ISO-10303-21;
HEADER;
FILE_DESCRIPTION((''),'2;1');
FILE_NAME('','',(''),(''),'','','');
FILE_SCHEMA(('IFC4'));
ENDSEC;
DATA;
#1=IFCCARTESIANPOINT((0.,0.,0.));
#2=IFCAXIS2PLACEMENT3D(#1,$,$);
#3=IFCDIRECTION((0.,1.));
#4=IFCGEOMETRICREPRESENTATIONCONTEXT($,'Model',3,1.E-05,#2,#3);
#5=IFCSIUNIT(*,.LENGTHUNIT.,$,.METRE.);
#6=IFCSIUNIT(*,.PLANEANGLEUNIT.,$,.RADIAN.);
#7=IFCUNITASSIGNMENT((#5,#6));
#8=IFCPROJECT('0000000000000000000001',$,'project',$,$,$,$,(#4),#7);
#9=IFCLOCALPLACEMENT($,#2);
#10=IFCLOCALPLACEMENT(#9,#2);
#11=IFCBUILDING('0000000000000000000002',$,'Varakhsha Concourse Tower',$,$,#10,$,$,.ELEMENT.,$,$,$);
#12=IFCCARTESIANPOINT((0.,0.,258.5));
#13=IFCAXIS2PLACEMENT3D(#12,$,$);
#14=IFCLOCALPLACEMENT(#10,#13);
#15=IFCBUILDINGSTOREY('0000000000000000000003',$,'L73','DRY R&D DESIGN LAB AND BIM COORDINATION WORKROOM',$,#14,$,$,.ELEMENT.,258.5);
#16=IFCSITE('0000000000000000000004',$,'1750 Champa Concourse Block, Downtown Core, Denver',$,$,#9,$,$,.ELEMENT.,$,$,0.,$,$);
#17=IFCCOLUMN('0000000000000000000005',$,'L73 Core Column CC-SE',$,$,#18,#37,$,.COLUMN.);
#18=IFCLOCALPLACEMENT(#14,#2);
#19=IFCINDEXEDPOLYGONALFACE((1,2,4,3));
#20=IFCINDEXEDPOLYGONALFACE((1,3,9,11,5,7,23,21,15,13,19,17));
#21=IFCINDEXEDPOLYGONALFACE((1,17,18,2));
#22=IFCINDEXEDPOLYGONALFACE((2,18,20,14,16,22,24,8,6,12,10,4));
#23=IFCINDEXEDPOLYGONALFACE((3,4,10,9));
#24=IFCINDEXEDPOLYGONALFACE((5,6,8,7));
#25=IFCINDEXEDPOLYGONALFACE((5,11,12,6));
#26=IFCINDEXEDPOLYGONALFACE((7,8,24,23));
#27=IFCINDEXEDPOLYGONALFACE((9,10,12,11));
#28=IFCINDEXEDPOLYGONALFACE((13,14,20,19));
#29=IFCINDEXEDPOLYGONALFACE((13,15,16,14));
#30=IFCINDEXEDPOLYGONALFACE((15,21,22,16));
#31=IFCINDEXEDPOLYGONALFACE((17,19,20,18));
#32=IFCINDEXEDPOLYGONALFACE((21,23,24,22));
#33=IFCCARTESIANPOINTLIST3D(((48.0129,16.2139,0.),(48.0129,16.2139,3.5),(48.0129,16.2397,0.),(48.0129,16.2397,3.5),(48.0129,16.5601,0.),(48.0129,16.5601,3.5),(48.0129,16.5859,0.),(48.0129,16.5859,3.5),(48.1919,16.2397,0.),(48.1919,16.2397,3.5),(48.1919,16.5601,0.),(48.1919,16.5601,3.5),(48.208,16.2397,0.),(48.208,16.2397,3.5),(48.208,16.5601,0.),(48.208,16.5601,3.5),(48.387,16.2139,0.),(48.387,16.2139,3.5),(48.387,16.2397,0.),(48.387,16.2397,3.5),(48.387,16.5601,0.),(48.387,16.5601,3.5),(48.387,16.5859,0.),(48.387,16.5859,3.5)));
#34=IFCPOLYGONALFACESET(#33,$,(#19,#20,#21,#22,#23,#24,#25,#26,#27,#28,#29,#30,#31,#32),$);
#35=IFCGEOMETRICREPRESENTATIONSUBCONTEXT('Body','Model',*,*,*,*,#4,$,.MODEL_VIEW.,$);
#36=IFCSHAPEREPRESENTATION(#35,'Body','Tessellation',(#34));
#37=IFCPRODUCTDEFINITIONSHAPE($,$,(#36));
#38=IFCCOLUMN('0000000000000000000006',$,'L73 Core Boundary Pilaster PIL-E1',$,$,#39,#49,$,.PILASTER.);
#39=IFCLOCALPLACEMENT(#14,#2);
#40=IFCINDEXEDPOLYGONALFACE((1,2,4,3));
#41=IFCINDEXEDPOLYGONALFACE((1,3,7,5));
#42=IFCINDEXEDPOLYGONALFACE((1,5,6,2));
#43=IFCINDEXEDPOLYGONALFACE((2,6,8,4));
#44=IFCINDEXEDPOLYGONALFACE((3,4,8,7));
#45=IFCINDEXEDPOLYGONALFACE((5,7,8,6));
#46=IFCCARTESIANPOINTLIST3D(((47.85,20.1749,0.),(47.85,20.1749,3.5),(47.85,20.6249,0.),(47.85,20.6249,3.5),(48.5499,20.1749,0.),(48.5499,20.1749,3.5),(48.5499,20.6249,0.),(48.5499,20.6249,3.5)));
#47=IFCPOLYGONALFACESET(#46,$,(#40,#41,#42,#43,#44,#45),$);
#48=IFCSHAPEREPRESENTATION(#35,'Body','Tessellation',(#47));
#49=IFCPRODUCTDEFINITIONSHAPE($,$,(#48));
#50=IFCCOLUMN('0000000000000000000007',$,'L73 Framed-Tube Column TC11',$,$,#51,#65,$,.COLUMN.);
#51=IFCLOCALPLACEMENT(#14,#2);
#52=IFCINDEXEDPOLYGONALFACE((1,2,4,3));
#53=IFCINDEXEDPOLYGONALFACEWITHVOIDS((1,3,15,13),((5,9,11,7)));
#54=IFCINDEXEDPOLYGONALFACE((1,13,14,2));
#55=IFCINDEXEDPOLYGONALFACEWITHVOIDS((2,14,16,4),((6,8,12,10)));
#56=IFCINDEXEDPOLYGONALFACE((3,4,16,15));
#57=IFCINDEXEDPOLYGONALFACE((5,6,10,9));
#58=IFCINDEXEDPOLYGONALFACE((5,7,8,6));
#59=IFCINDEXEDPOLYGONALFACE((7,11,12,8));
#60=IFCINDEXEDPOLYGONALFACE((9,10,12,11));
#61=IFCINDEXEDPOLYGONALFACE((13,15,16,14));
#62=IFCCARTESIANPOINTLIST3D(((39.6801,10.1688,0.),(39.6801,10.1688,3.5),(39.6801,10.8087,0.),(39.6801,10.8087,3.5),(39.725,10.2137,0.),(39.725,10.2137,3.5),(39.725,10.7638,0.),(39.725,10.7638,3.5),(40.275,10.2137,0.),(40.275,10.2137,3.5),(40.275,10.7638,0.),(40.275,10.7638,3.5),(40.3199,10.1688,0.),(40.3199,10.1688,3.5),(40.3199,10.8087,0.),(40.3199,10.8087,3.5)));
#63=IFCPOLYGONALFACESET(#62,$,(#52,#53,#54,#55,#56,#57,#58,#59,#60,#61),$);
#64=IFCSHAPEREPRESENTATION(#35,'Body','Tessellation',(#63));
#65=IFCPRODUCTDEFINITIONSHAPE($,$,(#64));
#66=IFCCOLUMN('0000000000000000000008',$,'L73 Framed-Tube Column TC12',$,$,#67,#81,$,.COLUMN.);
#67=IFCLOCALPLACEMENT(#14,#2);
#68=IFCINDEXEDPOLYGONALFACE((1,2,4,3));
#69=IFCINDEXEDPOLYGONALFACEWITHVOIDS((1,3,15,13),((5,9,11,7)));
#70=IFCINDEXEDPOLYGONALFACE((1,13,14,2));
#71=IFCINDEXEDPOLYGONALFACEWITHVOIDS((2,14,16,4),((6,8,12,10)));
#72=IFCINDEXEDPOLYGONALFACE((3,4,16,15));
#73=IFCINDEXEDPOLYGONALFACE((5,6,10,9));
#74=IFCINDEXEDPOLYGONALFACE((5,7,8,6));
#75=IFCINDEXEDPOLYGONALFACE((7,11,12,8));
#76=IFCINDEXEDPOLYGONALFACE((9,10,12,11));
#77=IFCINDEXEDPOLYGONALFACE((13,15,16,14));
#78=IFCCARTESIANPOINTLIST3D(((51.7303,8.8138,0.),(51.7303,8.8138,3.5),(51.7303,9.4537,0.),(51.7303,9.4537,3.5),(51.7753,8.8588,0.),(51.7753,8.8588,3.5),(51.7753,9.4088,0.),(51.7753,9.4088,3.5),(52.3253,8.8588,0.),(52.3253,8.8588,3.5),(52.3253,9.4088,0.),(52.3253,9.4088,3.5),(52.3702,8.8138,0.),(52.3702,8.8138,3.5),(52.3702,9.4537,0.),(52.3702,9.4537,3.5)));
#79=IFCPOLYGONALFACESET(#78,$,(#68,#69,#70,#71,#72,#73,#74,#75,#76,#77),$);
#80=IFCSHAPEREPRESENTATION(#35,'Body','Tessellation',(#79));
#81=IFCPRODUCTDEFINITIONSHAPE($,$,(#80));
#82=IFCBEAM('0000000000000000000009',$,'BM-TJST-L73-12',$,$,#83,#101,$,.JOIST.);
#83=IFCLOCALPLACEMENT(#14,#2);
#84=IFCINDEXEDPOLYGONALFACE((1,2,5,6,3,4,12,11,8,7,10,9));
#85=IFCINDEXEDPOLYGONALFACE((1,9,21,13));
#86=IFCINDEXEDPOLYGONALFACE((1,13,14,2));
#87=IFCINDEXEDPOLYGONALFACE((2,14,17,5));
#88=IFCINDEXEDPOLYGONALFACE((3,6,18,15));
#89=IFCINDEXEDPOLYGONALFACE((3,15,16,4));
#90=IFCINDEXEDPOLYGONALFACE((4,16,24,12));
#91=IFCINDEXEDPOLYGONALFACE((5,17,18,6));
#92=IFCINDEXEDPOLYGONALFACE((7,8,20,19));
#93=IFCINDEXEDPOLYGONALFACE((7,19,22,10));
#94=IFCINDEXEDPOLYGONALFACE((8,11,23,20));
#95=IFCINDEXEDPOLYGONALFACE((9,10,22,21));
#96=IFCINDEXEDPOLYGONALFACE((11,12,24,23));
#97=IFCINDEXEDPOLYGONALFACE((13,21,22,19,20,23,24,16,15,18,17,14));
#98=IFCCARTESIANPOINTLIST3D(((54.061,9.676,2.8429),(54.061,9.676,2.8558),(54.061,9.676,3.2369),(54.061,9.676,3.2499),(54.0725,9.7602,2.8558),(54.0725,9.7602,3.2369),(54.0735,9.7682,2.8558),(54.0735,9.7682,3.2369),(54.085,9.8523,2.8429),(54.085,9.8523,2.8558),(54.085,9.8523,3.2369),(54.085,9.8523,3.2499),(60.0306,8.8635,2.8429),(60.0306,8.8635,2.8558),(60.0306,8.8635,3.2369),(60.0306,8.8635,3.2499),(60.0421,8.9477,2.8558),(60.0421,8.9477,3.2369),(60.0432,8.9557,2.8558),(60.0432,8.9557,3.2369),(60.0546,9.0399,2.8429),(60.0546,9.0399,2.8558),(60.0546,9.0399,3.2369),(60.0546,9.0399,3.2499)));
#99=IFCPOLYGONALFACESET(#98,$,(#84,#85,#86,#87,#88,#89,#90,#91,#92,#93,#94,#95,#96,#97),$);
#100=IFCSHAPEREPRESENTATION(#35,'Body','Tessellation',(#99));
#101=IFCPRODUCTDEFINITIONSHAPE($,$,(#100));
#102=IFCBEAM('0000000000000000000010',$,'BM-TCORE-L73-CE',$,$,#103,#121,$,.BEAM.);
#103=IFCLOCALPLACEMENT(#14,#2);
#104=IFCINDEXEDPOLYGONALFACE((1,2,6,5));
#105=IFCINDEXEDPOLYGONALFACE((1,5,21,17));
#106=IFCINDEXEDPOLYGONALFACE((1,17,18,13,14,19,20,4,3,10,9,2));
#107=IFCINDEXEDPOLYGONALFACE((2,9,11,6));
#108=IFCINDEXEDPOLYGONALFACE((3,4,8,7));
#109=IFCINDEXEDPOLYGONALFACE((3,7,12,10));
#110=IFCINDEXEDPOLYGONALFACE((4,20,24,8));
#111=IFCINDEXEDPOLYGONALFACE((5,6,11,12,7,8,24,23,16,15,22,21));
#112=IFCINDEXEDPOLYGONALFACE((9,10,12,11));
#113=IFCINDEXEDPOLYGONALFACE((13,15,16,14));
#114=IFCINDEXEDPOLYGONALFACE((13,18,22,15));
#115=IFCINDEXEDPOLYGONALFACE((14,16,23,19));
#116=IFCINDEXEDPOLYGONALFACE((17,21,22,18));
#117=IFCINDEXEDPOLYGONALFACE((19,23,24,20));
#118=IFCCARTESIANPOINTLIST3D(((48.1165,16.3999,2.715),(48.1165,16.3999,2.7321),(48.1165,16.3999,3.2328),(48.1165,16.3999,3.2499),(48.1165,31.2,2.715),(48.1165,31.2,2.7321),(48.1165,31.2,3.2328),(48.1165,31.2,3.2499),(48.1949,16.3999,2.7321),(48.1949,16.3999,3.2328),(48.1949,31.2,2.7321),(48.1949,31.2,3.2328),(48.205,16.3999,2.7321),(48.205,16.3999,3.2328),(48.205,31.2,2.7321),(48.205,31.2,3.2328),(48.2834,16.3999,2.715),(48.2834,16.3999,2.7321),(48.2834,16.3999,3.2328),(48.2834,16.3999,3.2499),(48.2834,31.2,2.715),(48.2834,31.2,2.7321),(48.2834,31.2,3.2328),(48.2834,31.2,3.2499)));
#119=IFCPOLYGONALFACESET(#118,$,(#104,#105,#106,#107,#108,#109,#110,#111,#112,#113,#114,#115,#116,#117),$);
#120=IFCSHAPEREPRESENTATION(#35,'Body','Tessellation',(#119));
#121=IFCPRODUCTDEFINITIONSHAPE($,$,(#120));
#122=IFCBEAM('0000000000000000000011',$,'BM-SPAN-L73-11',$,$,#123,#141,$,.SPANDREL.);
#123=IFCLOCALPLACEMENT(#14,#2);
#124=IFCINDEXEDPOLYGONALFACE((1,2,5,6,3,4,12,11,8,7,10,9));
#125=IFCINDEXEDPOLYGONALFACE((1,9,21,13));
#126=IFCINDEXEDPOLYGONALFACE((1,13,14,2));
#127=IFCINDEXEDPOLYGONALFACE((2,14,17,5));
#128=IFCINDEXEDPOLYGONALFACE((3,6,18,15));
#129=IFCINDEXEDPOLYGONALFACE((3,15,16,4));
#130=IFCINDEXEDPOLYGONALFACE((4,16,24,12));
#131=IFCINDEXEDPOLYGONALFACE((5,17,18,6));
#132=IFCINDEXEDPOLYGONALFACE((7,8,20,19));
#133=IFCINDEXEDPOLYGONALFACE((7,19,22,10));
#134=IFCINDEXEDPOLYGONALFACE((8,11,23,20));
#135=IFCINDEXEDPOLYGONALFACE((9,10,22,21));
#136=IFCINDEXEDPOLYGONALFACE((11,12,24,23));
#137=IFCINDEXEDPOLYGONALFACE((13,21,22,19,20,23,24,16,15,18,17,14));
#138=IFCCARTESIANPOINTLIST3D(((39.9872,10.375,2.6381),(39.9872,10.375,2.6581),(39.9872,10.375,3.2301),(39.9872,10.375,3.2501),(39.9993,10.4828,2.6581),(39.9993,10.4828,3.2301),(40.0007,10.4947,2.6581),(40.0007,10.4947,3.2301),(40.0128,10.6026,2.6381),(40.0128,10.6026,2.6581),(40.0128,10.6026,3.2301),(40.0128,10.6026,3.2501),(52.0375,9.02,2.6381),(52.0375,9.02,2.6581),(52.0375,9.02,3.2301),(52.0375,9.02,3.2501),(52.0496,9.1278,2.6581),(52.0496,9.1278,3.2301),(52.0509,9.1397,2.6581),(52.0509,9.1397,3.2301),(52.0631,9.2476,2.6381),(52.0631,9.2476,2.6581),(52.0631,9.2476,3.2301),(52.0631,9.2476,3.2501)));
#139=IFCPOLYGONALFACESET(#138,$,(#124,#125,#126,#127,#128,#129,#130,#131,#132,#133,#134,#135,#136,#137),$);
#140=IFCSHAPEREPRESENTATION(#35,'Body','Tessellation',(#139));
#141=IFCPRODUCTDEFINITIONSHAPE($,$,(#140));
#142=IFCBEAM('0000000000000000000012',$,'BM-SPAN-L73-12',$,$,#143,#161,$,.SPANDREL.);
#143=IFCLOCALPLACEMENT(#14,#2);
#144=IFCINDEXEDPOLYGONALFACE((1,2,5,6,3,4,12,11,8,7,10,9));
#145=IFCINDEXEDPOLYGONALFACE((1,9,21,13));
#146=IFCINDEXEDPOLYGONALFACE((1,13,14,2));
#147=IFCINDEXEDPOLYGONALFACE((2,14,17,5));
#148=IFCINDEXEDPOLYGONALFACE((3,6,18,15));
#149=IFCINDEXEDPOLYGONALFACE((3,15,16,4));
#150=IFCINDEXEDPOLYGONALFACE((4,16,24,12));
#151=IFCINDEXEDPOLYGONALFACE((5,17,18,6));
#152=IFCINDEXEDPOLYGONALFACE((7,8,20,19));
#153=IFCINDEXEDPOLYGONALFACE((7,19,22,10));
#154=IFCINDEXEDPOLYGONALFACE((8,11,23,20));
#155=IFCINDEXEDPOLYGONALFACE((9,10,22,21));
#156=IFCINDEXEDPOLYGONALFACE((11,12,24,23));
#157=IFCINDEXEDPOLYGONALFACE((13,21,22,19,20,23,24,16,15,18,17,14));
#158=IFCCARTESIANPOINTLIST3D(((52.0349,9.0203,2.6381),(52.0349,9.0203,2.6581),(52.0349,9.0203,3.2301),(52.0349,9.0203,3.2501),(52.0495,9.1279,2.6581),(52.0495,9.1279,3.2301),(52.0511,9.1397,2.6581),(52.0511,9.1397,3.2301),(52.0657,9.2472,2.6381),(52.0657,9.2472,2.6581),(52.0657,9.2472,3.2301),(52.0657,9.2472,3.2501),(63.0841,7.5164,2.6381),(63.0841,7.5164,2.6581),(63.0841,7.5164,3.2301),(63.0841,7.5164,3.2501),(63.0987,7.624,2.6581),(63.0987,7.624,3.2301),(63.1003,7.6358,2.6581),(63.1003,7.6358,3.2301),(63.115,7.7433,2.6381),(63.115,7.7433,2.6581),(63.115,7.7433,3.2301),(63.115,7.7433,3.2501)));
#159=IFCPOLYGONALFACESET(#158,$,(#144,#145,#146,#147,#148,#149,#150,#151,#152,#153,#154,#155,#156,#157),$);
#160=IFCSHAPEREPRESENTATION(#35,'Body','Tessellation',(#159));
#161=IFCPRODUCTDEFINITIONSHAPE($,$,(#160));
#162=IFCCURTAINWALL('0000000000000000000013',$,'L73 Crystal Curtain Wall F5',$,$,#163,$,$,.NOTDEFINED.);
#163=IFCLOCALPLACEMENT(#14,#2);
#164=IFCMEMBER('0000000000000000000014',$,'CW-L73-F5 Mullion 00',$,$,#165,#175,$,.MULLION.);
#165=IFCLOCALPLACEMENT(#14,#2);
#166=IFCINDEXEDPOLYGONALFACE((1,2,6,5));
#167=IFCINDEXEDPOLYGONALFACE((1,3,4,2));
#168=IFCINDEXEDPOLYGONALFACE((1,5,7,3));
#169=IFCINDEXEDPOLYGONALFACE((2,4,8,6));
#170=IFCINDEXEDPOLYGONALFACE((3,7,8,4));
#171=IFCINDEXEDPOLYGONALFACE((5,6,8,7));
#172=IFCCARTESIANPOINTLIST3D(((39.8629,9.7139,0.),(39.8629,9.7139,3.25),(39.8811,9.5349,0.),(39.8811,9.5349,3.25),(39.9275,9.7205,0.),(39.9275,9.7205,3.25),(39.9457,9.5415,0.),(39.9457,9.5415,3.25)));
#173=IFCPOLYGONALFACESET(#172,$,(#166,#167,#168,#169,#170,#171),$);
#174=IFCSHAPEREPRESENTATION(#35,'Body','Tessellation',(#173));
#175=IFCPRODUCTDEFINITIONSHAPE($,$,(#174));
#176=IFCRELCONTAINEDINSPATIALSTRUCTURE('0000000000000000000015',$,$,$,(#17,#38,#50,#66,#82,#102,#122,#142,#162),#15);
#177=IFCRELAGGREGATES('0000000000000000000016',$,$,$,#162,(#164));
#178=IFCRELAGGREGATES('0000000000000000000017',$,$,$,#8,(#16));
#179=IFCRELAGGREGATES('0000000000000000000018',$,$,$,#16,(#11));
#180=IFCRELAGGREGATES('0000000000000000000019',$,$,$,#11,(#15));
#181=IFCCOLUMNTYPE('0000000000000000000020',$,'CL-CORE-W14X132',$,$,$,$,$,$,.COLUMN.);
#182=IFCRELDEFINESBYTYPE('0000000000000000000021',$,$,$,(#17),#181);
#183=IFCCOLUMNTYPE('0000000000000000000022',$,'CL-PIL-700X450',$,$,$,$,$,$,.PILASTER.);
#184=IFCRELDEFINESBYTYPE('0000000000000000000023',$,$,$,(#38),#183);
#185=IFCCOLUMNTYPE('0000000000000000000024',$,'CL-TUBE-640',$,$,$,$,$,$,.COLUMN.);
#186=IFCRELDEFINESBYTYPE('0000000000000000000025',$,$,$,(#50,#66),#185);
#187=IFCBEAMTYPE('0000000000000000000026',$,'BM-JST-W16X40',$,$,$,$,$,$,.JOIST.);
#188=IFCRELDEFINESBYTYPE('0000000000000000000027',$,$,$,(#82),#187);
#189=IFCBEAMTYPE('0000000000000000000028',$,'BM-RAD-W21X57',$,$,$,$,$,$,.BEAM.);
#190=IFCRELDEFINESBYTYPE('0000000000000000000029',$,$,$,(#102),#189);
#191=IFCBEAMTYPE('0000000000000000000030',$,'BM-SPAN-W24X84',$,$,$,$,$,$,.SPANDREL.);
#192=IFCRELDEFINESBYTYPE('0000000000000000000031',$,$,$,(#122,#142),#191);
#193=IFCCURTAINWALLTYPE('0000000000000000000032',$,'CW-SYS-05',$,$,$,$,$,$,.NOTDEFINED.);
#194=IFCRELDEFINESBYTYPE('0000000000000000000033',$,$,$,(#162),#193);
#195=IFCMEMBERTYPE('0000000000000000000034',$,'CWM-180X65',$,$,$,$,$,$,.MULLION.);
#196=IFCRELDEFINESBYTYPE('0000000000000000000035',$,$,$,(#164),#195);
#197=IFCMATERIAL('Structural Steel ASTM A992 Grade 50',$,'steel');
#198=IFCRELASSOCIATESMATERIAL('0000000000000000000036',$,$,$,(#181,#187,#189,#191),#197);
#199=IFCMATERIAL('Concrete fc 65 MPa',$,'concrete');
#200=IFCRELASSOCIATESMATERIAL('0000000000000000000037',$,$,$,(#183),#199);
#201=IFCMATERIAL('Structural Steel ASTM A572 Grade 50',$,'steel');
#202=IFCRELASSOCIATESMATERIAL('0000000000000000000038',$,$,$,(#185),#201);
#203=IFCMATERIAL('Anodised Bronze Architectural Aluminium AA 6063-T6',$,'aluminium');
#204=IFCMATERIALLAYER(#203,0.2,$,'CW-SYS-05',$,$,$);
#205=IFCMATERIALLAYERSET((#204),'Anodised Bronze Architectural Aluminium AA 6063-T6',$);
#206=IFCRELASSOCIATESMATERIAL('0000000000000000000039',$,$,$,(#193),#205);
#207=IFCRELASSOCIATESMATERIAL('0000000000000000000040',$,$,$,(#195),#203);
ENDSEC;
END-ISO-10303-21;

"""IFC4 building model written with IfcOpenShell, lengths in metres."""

from ifc_helpers import new_model, si_unit, direction, frame, origin, origin_2d, place, context, subcontext, project, spatial, rectangle, hollow_rectangle, i_section, extrude, source, transform, mapped, material, layer, layer_set, material_profile, profile_set, type_object, type_shapes, element, aggregate, save


model = new_model("IFC4")

# Units and contexts
model_context = context("Model", 3, precision=1e-05, world=origin(), true_north=direction((0.0, 1.0)))
body_context = subcontext(model_context, "Body", "Model", "MODEL_VIEW")
ifc_project = project(units=[si_unit("LENGTHUNIT", "METRE"), si_unit("PLANEANGLEUNIT", "RADIAN")], contexts=[model_context])

# Site, building, storey
site_placement = place(None, origin())
site = spatial("IfcSite", under=ifc_project, at=site_placement, Name="1750 Champa Concourse Block, Downtown Core, Denver", CompositionType="ELEMENT", RefElevation=0.0)
building_placement = place(site_placement, origin())
building = spatial("IfcBuilding", under=site, at=building_placement, Name="Varakhsha Concourse Tower", CompositionType="ELEMENT")
storey_placement = place(building_placement, frame((0.0, 0.0, 258.5)))
storey = spatial("IfcBuildingStorey", under=building, at=storey_placement, Name="L73", Description="DRY R&D DESIGN LAB AND BIM COORDINATION WORKROOM", CompositionType="ELEMENT", Elevation=258.5)

# Columns
ifc_material_1 = material(Name="Structural Steel ASTM A992 Grade 50", Category="steel")
ifc_material_profile_1 = material_profile(ifc_material_1, i_section(OverallWidth=0.374, OverallDepth=0.3721, WebThickness=0.0161, FlangeThickness=0.0259, at=origin_2d()), Name="W14X132")
ifc_profile_set_1 = profile_set([ifc_material_profile_1], Name="Structural Steel ASTM A992 Grade 50")
column_type_1 = type_object("IfcColumnType", Name="CL-CORE-W14X132", PredefinedType="COLUMN", material=ifc_profile_set_1)
column_1_placement = place(storey_placement, frame((48.2, 16.3999, 0.0), z_axis=(0.0, 0.0, 1.0), x_axis=(1.0, 0.0, 0.0)))
element("IfcColumn", 1, at=column_1_placement, inside=storey, type_object=column_type_1, Name="L73 Core Column CC-SE", PredefinedType="COLUMN", context=body_context, shape_type="SweptSolid", body=[
    extrude(i_section(OverallWidth=0.374, OverallDepth=0.3721, WebThickness=0.0161, FlangeThickness=0.0259, at=origin_2d()), origin(), (0.0, 0.0, 1.0), 3.5),
])
ifc_material_2 = material(Name="Concrete fc 65 MPa", Category="concrete")
ifc_material_profile_2 = material_profile(ifc_material_2, rectangle(XDim=0.7, YDim=0.45, at=origin_2d()), Name="RC 700x450")
ifc_profile_set_2 = profile_set([ifc_material_profile_2], Name="Concrete fc 65 MPa")
column_type_2 = type_object("IfcColumnType", Name="CL-PIL-700X450", PredefinedType="PILASTER", material=ifc_profile_set_2)
column_2_placement = place(storey_placement, frame((48.2, 20.3999, 0.0), z_axis=(0.0, 0.0, 1.0), x_axis=(1.0, 0.0, 0.0)))
element("IfcColumn", 2, at=column_2_placement, inside=storey, type_object=column_type_2, Name="L73 Core Boundary Pilaster PIL-E1", PredefinedType="PILASTER", context=body_context, shape_type="SweptSolid", body=[
    extrude(rectangle(XDim=0.7, YDim=0.45, at=origin_2d()), origin(), (0.0, 0.0, 1.0), 3.5),
])
ifc_material_3 = material(Name="Structural Steel ASTM A572 Grade 50", Category="steel")
ifc_material_profile_3 = material_profile(ifc_material_3, hollow_rectangle(XDim=0.6399, YDim=0.6399, WallThickness=0.0449, at=origin_2d()), Name="BOX 640x640x45")
ifc_profile_set_3 = profile_set([ifc_material_profile_3], Name="Structural Steel ASTM A572 Grade 50")
column_type_3 = type_object("IfcColumnType", Name="CL-TUBE-640", PredefinedType="COLUMN", material=ifc_profile_set_3)
for number, where, z_axis, x_axis, name in (
    (3, (40.0, 10.4888, 0.0), (0.0, 0.0, 1.0), (1.0, 0.0, 0.0), "L73 Framed-Tube Column TC11"),
    (4, (52.0503, 9.1338, 0.0), (0.0, 0.0, 1.0), (1.0, 0.0, 0.0), "L73 Framed-Tube Column TC12"),
):
    element("IfcColumn", number, at=place(storey_placement, frame(where, z_axis=z_axis, x_axis=x_axis)), inside=storey, type_object=column_type_3, Name=name, PredefinedType="COLUMN", context=body_context, shape_type="SweptSolid", body=[
        extrude(hollow_rectangle(XDim=0.6399, YDim=0.6399, WallThickness=0.0449, at=origin_2d()), origin(), (0.0, 0.0, 1.0), 3.5),
    ])

# Beams
ifc_material_profile_4 = material_profile(ifc_material_1, i_section(OverallWidth=0.178, OverallDepth=0.407, WebThickness=0.0081, FlangeThickness=0.0129, at=origin_2d()), Name="W16X40")
ifc_profile_set_4 = profile_set([ifc_material_profile_4], Name="Structural Steel ASTM A992 Grade 50")
beam_type_1 = type_object("IfcBeamType", Name="BM-JST-W16X40", PredefinedType="JOIST", material=ifc_profile_set_4)
beam_1_placement = place(storey_placement, frame((54.073, 9.7642, 3.0464), z_axis=(0.990865, -0.13486, 0.0), x_axis=(0.13486, 0.990865, 0.0)))
element("IfcBeam", 5, at=beam_1_placement, inside=storey, type_object=beam_type_1, Name="BM-TJST-L73-12", PredefinedType="JOIST", context=body_context, shape_type="SweptSolid", body=[
    extrude(i_section(OverallWidth=0.178, OverallDepth=0.407, WebThickness=0.0081, FlangeThickness=0.0129, at=origin_2d()), origin(), (0.0, 0.0, 1.0), 6.0247),
])
ifc_material_profile_5 = material_profile(ifc_material_1, i_section(OverallWidth=0.167, OverallDepth=0.5349, WebThickness=0.01, FlangeThickness=0.0171, at=origin_2d()), Name="W21X57")
ifc_profile_set_5 = profile_set([ifc_material_profile_5], Name="Structural Steel ASTM A992 Grade 50")
beam_type_2 = type_object("IfcBeamType", Name="BM-RAD-W21X57", PredefinedType="BEAM", material=ifc_profile_set_5)
beam_2_placement = place(storey_placement, frame((48.2, 16.3999, 2.9824), z_axis=(0.0, 1.0, 0.0), x_axis=(-1.0, 0.0, 0.0)))
element("IfcBeam", 6, at=beam_2_placement, inside=storey, type_object=beam_type_2, Name="BM-TCORE-L73-CE", PredefinedType="BEAM", context=body_context, shape_type="SweptSolid", body=[
    extrude(i_section(OverallWidth=0.167, OverallDepth=0.5349, WebThickness=0.01, FlangeThickness=0.0171, at=origin_2d()), origin(), (0.0, 0.0, 1.0), 14.8),
])
ifc_material_profile_6 = material_profile(ifc_material_1, i_section(OverallWidth=0.229, OverallDepth=0.6121, WebThickness=0.012, FlangeThickness=0.02, at=origin_2d()), Name="W24X84")
ifc_profile_set_6 = profile_set([ifc_material_profile_6], Name="Structural Steel ASTM A992 Grade 50")
beam_type_3 = type_object("IfcBeamType", Name="BM-SPAN-W24X84", PredefinedType="SPANDREL", material=ifc_profile_set_6)
beam_3_placement = place(storey_placement, frame((40.0, 10.4888, 2.9441), z_axis=(0.993738, -0.11174, 0.0), x_axis=(0.11174, 0.993738, 0.0)))
element("IfcBeam", 7, at=beam_3_placement, inside=storey, type_object=beam_type_3, Name="BM-SPAN-L73-11", PredefinedType="SPANDREL", context=body_context, shape_type="SweptSolid", body=[
    extrude(i_section(OverallWidth=0.229, OverallDepth=0.6121, WebThickness=0.012, FlangeThickness=0.02, at=origin_2d()), origin(), (0.0, 0.0, 1.0), 12.1262),
])
beam_4_placement = place(storey_placement, frame((52.0503, 9.1338, 2.9441), z_axis=(0.990864, -0.134865, 0.0), x_axis=(0.134865, 0.990864, 0.0)))
element("IfcBeam", 8, at=beam_4_placement, inside=storey, type_object=beam_type_3, Name="BM-SPAN-L73-12", PredefinedType="SPANDREL", context=body_context, shape_type="SweptSolid", body=[
    extrude(i_section(OverallWidth=0.229, OverallDepth=0.6121, WebThickness=0.012, FlangeThickness=0.02, at=origin_2d()), origin(), (0.0, 0.0, 1.0), 11.1511),
])

# Curtain wall, member
ifc_material_4 = material(Name="Anodised Bronze Architectural Aluminium AA 6063-T6", Category="aluminium")
ifc_layer_1 = layer(ifc_material_4, 0.2, Name="CW-SYS-05")
ifc_layer_set_1 = layer_set([ifc_layer_1], Name="Anodised Bronze Architectural Aluminium AA 6063-T6")
curtain_wall_type = type_object("IfcCurtainWallType", Name="CW-SYS-05", PredefinedType="NOTDEFINED", material=ifc_layer_set_1)
curtain_wall_1_placement = place(storey_placement, origin())
curtain_wall_1 = element("IfcCurtainWall", 9, at=curtain_wall_1_placement, inside=storey, type_object=curtain_wall_type, Name="L73 Crystal Curtain Wall F5", PredefinedType="NOTDEFINED")
ifc_material_profile_7 = material_profile(ifc_material_4, rectangle(XDim=0.0649, YDim=0.1799, at=origin_2d()), Name="CWM-180X65")
ifc_profile_set_7 = profile_set([ifc_material_profile_7], Name="Anodised Bronze Architectural Aluminium AA 6063-T6")
member_type_1 = type_object("IfcMemberType", Name="CWM-180X65", PredefinedType="MULLION", material=ifc_profile_set_7)
shared_shape_1 = source(origin(), body_context, "Body", "SweptSolid", [
    extrude(rectangle(XDim=0.0649, YDim=0.1799, at=origin_2d()), origin(), (0.0, 0.0, 1.0), 3.25),
])
type_shapes(member_type_1, [shared_shape_1])
member_1_placement = place(storey_placement, frame((39.9043, 9.6277, 0.0), z_axis=(0.0, 0.0, 1.0), x_axis=(-0.994852, -0.101336, 0.0)))
member_1 = element("IfcMember", 10, at=member_1_placement, type_object=member_type_1, Name="CW-L73-F5 Mullion 00", PredefinedType="MULLION", context=body_context, shape_type="MappedRepresentation", body=[
    mapped(shared_shape_1, transform((0.0, 0.0, 0.0), scale=1.0)),
])

aggregate(curtain_wall_1, [member_1])

save(model, "model.ifc")
